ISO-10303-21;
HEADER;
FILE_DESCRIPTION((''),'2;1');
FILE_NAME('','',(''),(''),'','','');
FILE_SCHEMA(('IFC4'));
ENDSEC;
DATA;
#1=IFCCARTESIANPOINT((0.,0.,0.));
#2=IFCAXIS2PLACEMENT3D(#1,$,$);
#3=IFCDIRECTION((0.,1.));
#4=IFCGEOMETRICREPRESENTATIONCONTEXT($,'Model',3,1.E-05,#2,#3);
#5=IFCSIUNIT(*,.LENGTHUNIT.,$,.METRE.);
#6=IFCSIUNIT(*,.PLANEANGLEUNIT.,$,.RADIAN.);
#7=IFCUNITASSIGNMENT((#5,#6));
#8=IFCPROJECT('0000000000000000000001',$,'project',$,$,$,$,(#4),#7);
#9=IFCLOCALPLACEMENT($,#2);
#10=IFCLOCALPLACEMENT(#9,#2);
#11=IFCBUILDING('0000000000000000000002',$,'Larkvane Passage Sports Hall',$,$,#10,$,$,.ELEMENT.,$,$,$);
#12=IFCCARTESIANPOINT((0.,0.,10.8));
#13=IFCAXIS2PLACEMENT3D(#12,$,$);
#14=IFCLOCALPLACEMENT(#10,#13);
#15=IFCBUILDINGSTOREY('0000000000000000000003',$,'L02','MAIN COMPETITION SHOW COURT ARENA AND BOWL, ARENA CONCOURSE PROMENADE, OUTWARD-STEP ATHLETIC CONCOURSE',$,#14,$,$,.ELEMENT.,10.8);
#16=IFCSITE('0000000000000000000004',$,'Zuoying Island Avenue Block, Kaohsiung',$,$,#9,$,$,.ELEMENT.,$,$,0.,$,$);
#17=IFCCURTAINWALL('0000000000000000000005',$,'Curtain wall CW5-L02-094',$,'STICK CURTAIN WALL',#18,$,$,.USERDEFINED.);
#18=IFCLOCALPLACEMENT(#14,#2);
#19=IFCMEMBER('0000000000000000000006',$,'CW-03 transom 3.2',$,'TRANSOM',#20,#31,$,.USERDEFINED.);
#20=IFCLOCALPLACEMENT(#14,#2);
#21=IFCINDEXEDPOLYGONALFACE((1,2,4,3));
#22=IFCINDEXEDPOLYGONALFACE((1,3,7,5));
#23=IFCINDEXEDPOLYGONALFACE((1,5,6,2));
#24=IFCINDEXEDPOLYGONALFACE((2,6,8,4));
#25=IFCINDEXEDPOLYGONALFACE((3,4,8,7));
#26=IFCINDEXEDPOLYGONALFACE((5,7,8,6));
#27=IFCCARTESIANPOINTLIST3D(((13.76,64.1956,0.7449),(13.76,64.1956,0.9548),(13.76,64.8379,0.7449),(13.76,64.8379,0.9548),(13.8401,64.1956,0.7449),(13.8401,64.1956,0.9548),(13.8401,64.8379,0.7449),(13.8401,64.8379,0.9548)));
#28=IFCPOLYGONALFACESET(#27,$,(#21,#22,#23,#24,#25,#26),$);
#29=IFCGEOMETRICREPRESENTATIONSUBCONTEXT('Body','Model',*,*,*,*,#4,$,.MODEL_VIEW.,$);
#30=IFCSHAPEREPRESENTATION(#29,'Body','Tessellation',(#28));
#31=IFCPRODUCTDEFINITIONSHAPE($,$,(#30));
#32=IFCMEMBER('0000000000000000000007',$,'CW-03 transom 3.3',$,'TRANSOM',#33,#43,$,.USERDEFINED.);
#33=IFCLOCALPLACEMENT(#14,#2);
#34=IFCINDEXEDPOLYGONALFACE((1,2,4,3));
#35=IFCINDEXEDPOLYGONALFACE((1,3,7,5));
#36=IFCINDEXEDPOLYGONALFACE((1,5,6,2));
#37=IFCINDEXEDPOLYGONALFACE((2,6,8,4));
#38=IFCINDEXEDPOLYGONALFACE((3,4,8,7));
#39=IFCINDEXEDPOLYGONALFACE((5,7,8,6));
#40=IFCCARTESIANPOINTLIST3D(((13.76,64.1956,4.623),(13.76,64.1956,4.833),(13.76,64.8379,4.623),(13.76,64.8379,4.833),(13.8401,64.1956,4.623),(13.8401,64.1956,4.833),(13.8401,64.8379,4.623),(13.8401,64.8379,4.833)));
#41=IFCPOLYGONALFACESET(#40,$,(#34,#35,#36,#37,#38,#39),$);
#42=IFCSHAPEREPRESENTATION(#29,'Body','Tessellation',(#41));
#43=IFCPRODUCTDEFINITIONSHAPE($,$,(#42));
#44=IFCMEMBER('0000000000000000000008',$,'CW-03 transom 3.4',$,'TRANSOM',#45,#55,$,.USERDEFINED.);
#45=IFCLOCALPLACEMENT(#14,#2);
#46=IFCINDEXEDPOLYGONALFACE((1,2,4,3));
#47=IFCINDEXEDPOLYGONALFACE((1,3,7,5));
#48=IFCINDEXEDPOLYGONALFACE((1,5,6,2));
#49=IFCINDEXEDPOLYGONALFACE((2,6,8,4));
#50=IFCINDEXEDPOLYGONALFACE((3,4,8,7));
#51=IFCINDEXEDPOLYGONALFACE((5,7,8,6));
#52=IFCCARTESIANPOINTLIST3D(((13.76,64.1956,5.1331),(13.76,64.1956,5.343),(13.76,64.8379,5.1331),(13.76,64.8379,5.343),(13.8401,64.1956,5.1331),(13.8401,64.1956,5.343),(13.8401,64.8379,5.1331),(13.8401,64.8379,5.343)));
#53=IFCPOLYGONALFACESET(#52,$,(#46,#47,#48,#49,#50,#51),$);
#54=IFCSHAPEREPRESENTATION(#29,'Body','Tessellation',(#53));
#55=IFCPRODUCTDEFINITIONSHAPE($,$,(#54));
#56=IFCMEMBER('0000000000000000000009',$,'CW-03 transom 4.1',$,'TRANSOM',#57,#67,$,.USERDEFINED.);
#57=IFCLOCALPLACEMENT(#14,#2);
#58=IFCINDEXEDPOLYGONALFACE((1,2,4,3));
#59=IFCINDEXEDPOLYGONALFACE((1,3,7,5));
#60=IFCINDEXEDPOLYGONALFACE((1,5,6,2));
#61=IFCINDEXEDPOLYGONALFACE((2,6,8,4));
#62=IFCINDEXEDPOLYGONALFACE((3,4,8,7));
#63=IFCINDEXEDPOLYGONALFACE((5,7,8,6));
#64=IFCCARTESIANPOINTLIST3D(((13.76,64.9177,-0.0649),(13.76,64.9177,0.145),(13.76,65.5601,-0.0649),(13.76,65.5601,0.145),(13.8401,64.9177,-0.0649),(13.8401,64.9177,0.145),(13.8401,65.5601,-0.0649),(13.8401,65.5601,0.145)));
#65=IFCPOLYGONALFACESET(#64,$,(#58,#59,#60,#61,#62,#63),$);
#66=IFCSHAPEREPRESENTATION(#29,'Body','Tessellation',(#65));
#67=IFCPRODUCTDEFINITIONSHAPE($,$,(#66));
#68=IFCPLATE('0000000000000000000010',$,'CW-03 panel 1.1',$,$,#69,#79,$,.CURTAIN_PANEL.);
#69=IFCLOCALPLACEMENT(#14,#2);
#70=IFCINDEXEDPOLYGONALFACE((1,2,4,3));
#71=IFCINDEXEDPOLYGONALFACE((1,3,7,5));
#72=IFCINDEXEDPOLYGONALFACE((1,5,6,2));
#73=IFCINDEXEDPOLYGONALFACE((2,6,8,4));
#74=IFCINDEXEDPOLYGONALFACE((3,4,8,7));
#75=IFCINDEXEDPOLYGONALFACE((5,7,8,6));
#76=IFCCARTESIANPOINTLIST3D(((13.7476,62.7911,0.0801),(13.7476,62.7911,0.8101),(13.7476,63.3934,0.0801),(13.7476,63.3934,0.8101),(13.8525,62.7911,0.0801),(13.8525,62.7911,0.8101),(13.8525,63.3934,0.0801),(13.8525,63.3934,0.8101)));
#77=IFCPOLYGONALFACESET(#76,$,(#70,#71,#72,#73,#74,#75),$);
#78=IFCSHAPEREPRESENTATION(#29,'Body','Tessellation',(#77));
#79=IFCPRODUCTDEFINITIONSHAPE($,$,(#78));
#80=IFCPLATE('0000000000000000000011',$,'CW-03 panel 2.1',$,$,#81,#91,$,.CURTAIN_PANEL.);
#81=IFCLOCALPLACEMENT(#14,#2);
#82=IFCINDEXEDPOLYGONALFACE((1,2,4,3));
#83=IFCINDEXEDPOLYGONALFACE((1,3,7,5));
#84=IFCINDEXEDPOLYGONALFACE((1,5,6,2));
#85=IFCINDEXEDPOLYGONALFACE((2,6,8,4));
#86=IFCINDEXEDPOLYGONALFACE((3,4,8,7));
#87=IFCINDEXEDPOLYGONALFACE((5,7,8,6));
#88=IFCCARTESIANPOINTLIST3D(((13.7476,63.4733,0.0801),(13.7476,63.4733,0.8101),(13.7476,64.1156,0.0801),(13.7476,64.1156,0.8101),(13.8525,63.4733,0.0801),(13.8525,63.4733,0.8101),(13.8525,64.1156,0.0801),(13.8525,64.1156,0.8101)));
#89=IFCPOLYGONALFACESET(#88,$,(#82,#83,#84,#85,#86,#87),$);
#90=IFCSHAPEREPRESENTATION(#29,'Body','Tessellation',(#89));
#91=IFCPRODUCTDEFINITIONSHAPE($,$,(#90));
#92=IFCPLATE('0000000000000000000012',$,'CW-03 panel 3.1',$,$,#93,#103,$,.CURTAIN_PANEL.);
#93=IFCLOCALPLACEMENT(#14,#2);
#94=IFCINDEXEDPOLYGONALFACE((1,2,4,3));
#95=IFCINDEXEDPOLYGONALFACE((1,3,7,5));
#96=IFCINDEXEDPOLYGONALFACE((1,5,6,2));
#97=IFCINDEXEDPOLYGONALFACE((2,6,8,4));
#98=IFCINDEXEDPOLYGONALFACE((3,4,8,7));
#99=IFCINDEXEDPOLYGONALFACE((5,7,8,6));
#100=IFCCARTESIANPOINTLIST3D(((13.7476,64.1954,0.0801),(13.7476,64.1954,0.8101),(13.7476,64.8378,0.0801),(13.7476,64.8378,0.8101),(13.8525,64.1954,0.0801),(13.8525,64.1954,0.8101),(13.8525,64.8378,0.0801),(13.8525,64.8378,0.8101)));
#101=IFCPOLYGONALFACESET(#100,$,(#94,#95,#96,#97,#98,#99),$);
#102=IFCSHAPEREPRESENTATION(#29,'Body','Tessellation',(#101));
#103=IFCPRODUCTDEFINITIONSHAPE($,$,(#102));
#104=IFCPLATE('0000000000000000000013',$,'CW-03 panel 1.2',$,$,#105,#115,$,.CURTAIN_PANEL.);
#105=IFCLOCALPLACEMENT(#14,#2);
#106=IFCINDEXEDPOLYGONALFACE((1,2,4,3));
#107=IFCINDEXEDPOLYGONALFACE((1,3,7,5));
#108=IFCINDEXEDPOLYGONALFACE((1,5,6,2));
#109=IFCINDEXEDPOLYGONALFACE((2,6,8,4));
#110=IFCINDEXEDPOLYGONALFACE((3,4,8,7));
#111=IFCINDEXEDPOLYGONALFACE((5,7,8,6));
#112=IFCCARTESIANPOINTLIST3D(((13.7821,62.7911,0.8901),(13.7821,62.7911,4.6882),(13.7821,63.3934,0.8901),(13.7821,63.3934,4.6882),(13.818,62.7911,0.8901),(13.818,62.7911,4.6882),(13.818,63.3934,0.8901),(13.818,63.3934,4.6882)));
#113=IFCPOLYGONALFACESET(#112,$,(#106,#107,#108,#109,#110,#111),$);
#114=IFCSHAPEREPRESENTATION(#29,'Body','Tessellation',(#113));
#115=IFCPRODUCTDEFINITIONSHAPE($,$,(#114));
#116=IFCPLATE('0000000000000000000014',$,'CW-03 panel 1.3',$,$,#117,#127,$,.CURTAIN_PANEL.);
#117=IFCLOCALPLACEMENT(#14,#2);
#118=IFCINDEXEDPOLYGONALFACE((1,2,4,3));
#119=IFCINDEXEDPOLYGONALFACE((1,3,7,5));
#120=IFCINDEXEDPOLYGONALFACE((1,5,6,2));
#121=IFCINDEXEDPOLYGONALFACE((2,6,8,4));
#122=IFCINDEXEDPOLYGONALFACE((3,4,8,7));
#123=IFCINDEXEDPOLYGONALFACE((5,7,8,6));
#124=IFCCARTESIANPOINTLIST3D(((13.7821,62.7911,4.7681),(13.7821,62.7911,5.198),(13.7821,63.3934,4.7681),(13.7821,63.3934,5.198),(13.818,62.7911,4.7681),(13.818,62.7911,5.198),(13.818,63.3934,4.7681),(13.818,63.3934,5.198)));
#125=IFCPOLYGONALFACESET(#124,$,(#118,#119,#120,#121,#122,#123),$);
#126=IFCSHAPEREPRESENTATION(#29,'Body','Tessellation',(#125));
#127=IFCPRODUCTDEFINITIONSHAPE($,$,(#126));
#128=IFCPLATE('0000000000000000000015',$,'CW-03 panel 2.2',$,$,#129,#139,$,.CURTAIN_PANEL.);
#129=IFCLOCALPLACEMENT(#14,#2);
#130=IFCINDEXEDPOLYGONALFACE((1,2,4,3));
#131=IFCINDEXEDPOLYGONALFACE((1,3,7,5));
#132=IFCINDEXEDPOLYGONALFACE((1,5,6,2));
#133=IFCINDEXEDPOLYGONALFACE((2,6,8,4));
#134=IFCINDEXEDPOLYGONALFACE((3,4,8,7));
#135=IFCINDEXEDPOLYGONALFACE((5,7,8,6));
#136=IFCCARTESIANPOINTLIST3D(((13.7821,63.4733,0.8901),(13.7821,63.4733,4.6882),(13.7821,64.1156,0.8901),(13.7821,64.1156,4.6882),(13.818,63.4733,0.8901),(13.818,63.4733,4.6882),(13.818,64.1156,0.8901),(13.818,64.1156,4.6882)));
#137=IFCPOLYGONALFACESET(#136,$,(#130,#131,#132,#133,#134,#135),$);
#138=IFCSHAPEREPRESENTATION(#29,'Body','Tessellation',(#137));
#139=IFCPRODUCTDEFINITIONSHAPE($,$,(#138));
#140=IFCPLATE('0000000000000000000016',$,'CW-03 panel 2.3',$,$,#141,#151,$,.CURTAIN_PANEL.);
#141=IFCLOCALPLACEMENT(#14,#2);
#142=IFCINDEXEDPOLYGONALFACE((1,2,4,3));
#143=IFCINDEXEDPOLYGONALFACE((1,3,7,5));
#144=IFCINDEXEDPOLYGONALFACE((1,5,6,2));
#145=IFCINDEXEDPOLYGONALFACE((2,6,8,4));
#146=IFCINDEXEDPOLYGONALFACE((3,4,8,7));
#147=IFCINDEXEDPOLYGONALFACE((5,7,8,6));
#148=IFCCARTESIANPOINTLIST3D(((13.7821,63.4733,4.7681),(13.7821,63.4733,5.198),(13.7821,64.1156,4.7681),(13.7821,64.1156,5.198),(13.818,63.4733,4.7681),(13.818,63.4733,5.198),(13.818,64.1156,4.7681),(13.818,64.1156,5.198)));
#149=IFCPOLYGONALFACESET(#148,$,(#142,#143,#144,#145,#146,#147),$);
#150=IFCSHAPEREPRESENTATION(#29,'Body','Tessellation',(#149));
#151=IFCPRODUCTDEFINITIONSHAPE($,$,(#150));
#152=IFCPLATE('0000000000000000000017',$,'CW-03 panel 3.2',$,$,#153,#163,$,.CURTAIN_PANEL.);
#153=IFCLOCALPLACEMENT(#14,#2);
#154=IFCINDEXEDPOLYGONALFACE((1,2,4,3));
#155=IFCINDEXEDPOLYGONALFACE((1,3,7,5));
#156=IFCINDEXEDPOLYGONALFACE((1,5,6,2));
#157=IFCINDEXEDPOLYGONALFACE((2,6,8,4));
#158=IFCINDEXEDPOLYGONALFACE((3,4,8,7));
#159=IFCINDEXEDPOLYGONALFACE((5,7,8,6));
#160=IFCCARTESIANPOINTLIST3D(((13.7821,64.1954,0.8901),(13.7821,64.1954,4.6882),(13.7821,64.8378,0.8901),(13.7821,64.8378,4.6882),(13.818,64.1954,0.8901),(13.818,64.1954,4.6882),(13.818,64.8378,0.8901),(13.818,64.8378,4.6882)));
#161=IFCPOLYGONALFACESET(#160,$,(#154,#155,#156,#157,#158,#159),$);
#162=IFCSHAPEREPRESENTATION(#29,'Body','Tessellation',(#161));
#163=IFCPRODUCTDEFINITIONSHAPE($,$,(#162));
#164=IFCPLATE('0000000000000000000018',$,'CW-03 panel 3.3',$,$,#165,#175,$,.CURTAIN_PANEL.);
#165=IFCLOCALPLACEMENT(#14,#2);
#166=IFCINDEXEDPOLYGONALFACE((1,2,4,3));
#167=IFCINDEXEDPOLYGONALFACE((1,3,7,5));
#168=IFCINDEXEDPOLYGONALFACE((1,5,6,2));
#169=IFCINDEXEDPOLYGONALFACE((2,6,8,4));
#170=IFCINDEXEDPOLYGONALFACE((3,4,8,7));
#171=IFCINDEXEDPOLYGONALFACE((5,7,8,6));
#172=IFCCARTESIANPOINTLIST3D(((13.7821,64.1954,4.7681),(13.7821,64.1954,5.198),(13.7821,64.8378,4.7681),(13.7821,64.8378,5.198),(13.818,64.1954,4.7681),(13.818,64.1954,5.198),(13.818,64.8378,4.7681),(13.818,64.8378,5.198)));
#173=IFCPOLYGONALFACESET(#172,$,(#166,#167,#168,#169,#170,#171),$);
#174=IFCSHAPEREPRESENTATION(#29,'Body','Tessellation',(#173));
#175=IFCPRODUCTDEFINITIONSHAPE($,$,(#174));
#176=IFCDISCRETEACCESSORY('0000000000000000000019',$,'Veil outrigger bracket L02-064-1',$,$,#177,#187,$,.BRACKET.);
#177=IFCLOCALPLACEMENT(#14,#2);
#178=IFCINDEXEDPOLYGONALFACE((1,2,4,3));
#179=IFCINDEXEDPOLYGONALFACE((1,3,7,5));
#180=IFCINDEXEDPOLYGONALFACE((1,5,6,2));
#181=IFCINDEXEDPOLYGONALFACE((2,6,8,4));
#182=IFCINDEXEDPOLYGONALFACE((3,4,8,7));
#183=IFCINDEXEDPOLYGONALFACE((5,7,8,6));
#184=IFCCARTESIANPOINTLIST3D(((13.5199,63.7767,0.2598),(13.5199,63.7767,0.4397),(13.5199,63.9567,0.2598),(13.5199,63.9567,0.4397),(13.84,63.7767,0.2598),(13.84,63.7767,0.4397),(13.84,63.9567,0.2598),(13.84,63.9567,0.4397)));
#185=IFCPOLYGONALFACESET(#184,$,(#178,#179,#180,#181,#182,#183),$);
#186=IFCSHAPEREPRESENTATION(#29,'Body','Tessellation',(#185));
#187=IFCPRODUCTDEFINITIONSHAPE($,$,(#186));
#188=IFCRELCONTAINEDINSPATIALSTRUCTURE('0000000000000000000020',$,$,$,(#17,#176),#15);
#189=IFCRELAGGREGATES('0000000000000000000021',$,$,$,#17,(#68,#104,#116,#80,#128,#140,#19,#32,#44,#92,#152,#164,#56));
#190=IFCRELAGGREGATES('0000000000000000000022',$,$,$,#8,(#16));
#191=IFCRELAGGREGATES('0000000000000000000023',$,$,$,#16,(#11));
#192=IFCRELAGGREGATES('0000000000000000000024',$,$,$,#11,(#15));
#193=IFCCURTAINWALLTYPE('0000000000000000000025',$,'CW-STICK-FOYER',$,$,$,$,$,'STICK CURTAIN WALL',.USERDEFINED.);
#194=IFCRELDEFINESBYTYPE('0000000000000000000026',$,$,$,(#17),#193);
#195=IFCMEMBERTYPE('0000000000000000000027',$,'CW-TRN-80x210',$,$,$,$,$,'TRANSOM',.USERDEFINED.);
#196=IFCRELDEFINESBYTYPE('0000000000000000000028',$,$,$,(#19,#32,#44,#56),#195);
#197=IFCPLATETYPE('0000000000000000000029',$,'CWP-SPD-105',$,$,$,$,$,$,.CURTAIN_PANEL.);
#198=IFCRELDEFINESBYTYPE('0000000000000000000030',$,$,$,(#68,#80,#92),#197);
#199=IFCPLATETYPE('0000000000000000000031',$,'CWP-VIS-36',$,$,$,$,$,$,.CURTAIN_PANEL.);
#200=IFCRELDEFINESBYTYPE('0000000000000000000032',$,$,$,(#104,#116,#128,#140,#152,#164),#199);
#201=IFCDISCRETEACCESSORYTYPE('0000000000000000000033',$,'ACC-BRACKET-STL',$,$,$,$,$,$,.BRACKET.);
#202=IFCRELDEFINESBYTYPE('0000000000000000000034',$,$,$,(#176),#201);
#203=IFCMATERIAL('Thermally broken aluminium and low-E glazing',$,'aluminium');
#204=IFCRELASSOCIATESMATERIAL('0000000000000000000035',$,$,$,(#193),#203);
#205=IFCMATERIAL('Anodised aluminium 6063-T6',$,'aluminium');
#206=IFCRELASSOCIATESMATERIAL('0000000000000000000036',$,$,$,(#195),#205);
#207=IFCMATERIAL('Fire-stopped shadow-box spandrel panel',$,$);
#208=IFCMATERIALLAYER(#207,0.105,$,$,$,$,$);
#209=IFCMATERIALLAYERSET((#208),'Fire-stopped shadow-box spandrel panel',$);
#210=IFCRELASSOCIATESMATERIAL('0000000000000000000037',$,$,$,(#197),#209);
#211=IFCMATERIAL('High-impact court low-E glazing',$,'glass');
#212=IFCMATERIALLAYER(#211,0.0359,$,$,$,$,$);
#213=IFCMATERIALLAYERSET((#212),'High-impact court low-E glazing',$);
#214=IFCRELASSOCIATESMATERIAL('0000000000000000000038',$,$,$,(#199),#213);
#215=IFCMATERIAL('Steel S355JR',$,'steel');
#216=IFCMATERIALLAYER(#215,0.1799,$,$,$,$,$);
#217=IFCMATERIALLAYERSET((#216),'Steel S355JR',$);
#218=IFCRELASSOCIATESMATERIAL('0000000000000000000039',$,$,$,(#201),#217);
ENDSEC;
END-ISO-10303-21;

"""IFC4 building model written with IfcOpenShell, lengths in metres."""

from ifc_helpers import new_model, si_unit, direction, frame, origin, origin_2d, place, context, subcontext, project, spatial, rectangle, extrude, material, layer, layer_set, material_profile, profile_set, type_object, element, aggregate, save


model = new_model("IFC4")

# Units and contexts
model_context = context("Model", 3, precision=1e-05, world=origin(), true_north=direction((0.0, 1.0)))
body_context = subcontext(model_context, "Body", "Model", "MODEL_VIEW")
ifc_project = project(units=[si_unit("LENGTHUNIT", "METRE"), si_unit("PLANEANGLEUNIT", "RADIAN")], contexts=[model_context])

# Site, building, storey
site_placement = place(None, origin())
site = spatial("IfcSite", under=ifc_project, at=site_placement, Name="Zuoying Island Avenue Block, Kaohsiung", CompositionType="ELEMENT", RefElevation=0.0)
building_placement = place(site_placement, origin())
building = spatial("IfcBuilding", under=site, at=building_placement, Name="Larkvane Passage Sports Hall", CompositionType="ELEMENT")
storey_placement = place(building_placement, frame((0.0, 0.0, 10.8)))
storey = spatial("IfcBuildingStorey", under=building, at=storey_placement, Name="L02", Description="MAIN COMPETITION SHOW COURT ARENA AND BOWL, ARENA CONCOURSE PROMENADE, OUTWARD-STEP ATHLETIC CONCOURSE", CompositionType="ELEMENT", Elevation=10.8)

# Shared definitions
ifc_material_1 = material(Name="Thermally broken aluminium and low-E glazing", Category="aluminium")
ifc_material_2 = material(Name="Anodised aluminium 6063-T6", Category="aluminium")

# Curtain wall, members, plates
curtain_wall_type_1 = type_object("IfcCurtainWallType", Name="CW-STICK-FOYER", ElementType="STICK CURTAIN WALL", PredefinedType="USERDEFINED", material=ifc_material_1)
curtain_wall_1_placement = place(storey_placement, origin())
curtain_wall_1 = element("IfcCurtainWall", 1, at=curtain_wall_1_placement, inside=storey, type_object=curtain_wall_type_1, Name="Curtain wall CW5-L02-094", ObjectType="STICK CURTAIN WALL", PredefinedType="USERDEFINED")
ifc_material_profile_1 = material_profile(ifc_material_2, rectangle(XDim=0.0801, YDim=0.21, at=origin_2d()), Name="ALU-TRN-80x210")
ifc_profile_set_1 = profile_set([ifc_material_profile_1], Name="Anodised aluminium 6063-T6")
member_type_1 = type_object("IfcMemberType", Name="CW-TRN-80x210", ElementType="TRANSOM", PredefinedType="USERDEFINED", material=ifc_profile_set_1)
member_1_placement = place(storey_placement, frame((13.8, 64.1956, 0.8499), z_axis=(0.0, 1.0, 0.0), x_axis=(-1.0, 0.0, 0.0)))
member_1 = element("IfcMember", 2, at=member_1_placement, type_object=member_type_1, Name="CW-03 transom 3.2", ObjectType="TRANSOM", PredefinedType="USERDEFINED", context=body_context, shape_type="SweptSolid", body=[
    extrude(rectangle(XDim=0.0801, YDim=0.21, at=origin_2d()), origin(), (0.0, 0.0, 1.0), 0.6423),
])
member_2_placement = place(storey_placement, frame((13.8, 64.1956, 4.728), z_axis=(0.0, 1.0, 0.0), x_axis=(-1.0, 0.0, 0.0)))
member_2 = element("IfcMember", 3, at=member_2_placement, type_object=member_type_1, Name="CW-03 transom 3.3", ObjectType="TRANSOM", PredefinedType="USERDEFINED", context=body_context, shape_type="SweptSolid", body=[
    extrude(rectangle(XDim=0.0801, YDim=0.21, at=origin_2d()), origin(), (0.0, 0.0, 1.0), 0.6423),
])
member_3_placement = place(storey_placement, frame((13.8, 64.1956, 5.238), z_axis=(0.0, 1.0, 0.0), x_axis=(-1.0, 0.0, 0.0)))
member_3 = element("IfcMember", 4, at=member_3_placement, type_object=member_type_1, Name="CW-03 transom 3.4", ObjectType="TRANSOM", PredefinedType="USERDEFINED", context=body_context, shape_type="SweptSolid", body=[
    extrude(rectangle(XDim=0.0801, YDim=0.21, at=origin_2d()), origin(), (0.0, 0.0, 1.0), 0.6423),
])
member_4_placement = place(storey_placement, frame((13.8, 64.9177, 0.04), z_axis=(0.0, 1.0, 0.0), x_axis=(-1.0, 0.0, 0.0)))
member_4 = element("IfcMember", 5, at=member_4_placement, type_object=member_type_1, Name="CW-03 transom 4.1", ObjectType="TRANSOM", PredefinedType="USERDEFINED", context=body_context, shape_type="SweptSolid", body=[
    extrude(rectangle(XDim=0.0801, YDim=0.21, at=origin_2d()), origin(), (0.0, 0.0, 1.0), 0.6423),
])
ifc_material_3 = material(Name="Fire-stopped shadow-box spandrel panel")
ifc_layer_1 = layer(ifc_material_3, 0.105)
ifc_layer_set_1 = layer_set([ifc_layer_1], Name="Fire-stopped shadow-box spandrel panel")
plate_type_1 = type_object("IfcPlateType", Name="CWP-SPD-105", PredefinedType="CURTAIN_PANEL", material=ifc_layer_set_1)
plate_1_placement = place(storey_placement, frame((13.8, 63.0923, 0.0801), z_axis=(0.0, 0.0, 1.0), x_axis=(0.0, 1.0, 0.0)))
plate_1 = element("IfcPlate", 6, at=plate_1_placement, type_object=plate_type_1, Name="CW-03 panel 1.1", PredefinedType="CURTAIN_PANEL", context=body_context, shape_type="SweptSolid", body=[
    extrude(rectangle(XDim=0.6023, YDim=0.105, at=origin_2d()), origin(), (0.0, 0.0, 1.0), 0.73),
])
plate_2_placement = place(storey_placement, frame((13.8, 63.7944, 0.0801), z_axis=(0.0, 0.0, 1.0), x_axis=(0.0, 1.0, 0.0)))
plate_2 = element("IfcPlate", 7, at=plate_2_placement, type_object=plate_type_1, Name="CW-03 panel 2.1", PredefinedType="CURTAIN_PANEL", context=body_context, shape_type="SweptSolid", body=[
    extrude(rectangle(XDim=0.6423, YDim=0.105, at=origin_2d()), origin(), (0.0, 0.0, 1.0), 0.73),
])
plate_3_placement = place(storey_placement, frame((13.8, 64.5166, 0.0801), z_axis=(0.0, 0.0, 1.0), x_axis=(0.0, 1.0, 0.0)))
plate_3 = element("IfcPlate", 8, at=plate_3_placement, type_object=plate_type_1, Name="CW-03 panel 3.1", PredefinedType="CURTAIN_PANEL", context=body_context, shape_type="SweptSolid", body=[
    extrude(rectangle(XDim=0.6423, YDim=0.105, at=origin_2d()), origin(), (0.0, 0.0, 1.0), 0.73),
])
ifc_material_4 = material(Name="High-impact court low-E glazing", Category="glass")
ifc_layer_2 = layer(ifc_material_4, 0.0359)
ifc_layer_set_2 = layer_set([ifc_layer_2], Name="High-impact court low-E glazing")
plate_type_2 = type_object("IfcPlateType", Name="CWP-VIS-36", PredefinedType="CURTAIN_PANEL", material=ifc_layer_set_2)
plate_4_placement = place(storey_placement, frame((13.8, 63.0923, 0.8901), z_axis=(0.0, 0.0, 1.0), x_axis=(0.0, 1.0, 0.0)))
plate_4 = element("IfcPlate", 9, at=plate_4_placement, type_object=plate_type_2, Name="CW-03 panel 1.2", PredefinedType="CURTAIN_PANEL", context=body_context, shape_type="SweptSolid", body=[
    extrude(rectangle(XDim=0.6023, YDim=0.0359, at=origin_2d()), origin(), (0.0, 0.0, 1.0), 3.7981),
])
plate_5_placement = place(storey_placement, frame((13.8, 63.0923, 4.7681), z_axis=(0.0, 0.0, 1.0), x_axis=(0.0, 1.0, 0.0)))
plate_5 = element("IfcPlate", 10, at=plate_5_placement, type_object=plate_type_2, Name="CW-03 panel 1.3", PredefinedType="CURTAIN_PANEL", context=body_context, shape_type="SweptSolid", body=[
    extrude(rectangle(XDim=0.6023, YDim=0.0359, at=origin_2d()), origin(), (0.0, 0.0, 1.0), 0.4299),
])
plate_6_placement = place(storey_placement, frame((13.8, 63.7944, 0.8901), z_axis=(0.0, 0.0, 1.0), x_axis=(0.0, 1.0, 0.0)))
plate_6 = element("IfcPlate", 11, at=plate_6_placement, type_object=plate_type_2, Name="CW-03 panel 2.2", PredefinedType="CURTAIN_PANEL", context=body_context, shape_type="SweptSolid", body=[
    extrude(rectangle(XDim=0.6423, YDim=0.0359, at=origin_2d()), origin(), (0.0, 0.0, 1.0), 3.7981),
])
plate_7_placement = place(storey_placement, frame((13.8, 63.7944, 4.7681), z_axis=(0.0, 0.0, 1.0), x_axis=(0.0, 1.0, 0.0)))
plate_7 = element("IfcPlate", 12, at=plate_7_placement, type_object=plate_type_2, Name="CW-03 panel 2.3", PredefinedType="CURTAIN_PANEL", context=body_context, shape_type="SweptSolid", body=[
    extrude(rectangle(XDim=0.6423, YDim=0.0359, at=origin_2d()), origin(), (0.0, 0.0, 1.0), 0.4299),
])
plate_8_placement = place(storey_placement, frame((13.8, 64.5166, 0.8901), z_axis=(0.0, 0.0, 1.0), x_axis=(0.0, 1.0, 0.0)))
plate_8 = element("IfcPlate", 13, at=plate_8_placement, type_object=plate_type_2, Name="CW-03 panel 3.2", PredefinedType="CURTAIN_PANEL", context=body_context, shape_type="SweptSolid", body=[
    extrude(rectangle(XDim=0.6423, YDim=0.0359, at=origin_2d()), origin(), (0.0, 0.0, 1.0), 3.7981),
])
plate_9_placement = place(storey_placement, frame((13.8, 64.5166, 4.7681), z_axis=(0.0, 0.0, 1.0), x_axis=(0.0, 1.0, 0.0)))
plate_9 = element("IfcPlate", 14, at=plate_9_placement, type_object=plate_type_2, Name="CW-03 panel 3.3", PredefinedType="CURTAIN_PANEL", context=body_context, shape_type="SweptSolid", body=[
    extrude(rectangle(XDim=0.6423, YDim=0.0359, at=origin_2d()), origin(), (0.0, 0.0, 1.0), 0.4299),
])
aggregate(curtain_wall_1, [plate_1, plate_4, plate_5, plate_2, plate_6, plate_7, member_1, member_2, member_3, plate_3, plate_8, plate_9, member_4])

# Discrete accessory
ifc_material_5 = material(Name="Steel S355JR", Category="steel")
ifc_layer_3 = layer(ifc_material_5, 0.1799)
ifc_layer_set_3 = layer_set([ifc_layer_3], Name="Steel S355JR")
discrete_accessory_type = type_object("IfcDiscreteAccessoryType", Name="ACC-BRACKET-STL", PredefinedType="BRACKET", material=ifc_layer_set_3)
discrete_accessory_placement = place(storey_placement, frame((13.6799, 63.8667, 0.2598), z_axis=(0.0, 0.0, 1.0), x_axis=(0.0, 1.0, 0.0)))
element("IfcDiscreteAccessory", 15, at=discrete_accessory_placement, inside=storey, type_object=discrete_accessory_type, Name="Veil outrigger bracket L02-064-1", PredefinedType="BRACKET", context=body_context, shape_type="SweptSolid", body=[
    extrude(rectangle(XDim=0.1799, YDim=0.3201, at=origin_2d()), origin(), (0.0, 0.0, 1.0), 0.1799),
])

save(model, "model.ifc")
